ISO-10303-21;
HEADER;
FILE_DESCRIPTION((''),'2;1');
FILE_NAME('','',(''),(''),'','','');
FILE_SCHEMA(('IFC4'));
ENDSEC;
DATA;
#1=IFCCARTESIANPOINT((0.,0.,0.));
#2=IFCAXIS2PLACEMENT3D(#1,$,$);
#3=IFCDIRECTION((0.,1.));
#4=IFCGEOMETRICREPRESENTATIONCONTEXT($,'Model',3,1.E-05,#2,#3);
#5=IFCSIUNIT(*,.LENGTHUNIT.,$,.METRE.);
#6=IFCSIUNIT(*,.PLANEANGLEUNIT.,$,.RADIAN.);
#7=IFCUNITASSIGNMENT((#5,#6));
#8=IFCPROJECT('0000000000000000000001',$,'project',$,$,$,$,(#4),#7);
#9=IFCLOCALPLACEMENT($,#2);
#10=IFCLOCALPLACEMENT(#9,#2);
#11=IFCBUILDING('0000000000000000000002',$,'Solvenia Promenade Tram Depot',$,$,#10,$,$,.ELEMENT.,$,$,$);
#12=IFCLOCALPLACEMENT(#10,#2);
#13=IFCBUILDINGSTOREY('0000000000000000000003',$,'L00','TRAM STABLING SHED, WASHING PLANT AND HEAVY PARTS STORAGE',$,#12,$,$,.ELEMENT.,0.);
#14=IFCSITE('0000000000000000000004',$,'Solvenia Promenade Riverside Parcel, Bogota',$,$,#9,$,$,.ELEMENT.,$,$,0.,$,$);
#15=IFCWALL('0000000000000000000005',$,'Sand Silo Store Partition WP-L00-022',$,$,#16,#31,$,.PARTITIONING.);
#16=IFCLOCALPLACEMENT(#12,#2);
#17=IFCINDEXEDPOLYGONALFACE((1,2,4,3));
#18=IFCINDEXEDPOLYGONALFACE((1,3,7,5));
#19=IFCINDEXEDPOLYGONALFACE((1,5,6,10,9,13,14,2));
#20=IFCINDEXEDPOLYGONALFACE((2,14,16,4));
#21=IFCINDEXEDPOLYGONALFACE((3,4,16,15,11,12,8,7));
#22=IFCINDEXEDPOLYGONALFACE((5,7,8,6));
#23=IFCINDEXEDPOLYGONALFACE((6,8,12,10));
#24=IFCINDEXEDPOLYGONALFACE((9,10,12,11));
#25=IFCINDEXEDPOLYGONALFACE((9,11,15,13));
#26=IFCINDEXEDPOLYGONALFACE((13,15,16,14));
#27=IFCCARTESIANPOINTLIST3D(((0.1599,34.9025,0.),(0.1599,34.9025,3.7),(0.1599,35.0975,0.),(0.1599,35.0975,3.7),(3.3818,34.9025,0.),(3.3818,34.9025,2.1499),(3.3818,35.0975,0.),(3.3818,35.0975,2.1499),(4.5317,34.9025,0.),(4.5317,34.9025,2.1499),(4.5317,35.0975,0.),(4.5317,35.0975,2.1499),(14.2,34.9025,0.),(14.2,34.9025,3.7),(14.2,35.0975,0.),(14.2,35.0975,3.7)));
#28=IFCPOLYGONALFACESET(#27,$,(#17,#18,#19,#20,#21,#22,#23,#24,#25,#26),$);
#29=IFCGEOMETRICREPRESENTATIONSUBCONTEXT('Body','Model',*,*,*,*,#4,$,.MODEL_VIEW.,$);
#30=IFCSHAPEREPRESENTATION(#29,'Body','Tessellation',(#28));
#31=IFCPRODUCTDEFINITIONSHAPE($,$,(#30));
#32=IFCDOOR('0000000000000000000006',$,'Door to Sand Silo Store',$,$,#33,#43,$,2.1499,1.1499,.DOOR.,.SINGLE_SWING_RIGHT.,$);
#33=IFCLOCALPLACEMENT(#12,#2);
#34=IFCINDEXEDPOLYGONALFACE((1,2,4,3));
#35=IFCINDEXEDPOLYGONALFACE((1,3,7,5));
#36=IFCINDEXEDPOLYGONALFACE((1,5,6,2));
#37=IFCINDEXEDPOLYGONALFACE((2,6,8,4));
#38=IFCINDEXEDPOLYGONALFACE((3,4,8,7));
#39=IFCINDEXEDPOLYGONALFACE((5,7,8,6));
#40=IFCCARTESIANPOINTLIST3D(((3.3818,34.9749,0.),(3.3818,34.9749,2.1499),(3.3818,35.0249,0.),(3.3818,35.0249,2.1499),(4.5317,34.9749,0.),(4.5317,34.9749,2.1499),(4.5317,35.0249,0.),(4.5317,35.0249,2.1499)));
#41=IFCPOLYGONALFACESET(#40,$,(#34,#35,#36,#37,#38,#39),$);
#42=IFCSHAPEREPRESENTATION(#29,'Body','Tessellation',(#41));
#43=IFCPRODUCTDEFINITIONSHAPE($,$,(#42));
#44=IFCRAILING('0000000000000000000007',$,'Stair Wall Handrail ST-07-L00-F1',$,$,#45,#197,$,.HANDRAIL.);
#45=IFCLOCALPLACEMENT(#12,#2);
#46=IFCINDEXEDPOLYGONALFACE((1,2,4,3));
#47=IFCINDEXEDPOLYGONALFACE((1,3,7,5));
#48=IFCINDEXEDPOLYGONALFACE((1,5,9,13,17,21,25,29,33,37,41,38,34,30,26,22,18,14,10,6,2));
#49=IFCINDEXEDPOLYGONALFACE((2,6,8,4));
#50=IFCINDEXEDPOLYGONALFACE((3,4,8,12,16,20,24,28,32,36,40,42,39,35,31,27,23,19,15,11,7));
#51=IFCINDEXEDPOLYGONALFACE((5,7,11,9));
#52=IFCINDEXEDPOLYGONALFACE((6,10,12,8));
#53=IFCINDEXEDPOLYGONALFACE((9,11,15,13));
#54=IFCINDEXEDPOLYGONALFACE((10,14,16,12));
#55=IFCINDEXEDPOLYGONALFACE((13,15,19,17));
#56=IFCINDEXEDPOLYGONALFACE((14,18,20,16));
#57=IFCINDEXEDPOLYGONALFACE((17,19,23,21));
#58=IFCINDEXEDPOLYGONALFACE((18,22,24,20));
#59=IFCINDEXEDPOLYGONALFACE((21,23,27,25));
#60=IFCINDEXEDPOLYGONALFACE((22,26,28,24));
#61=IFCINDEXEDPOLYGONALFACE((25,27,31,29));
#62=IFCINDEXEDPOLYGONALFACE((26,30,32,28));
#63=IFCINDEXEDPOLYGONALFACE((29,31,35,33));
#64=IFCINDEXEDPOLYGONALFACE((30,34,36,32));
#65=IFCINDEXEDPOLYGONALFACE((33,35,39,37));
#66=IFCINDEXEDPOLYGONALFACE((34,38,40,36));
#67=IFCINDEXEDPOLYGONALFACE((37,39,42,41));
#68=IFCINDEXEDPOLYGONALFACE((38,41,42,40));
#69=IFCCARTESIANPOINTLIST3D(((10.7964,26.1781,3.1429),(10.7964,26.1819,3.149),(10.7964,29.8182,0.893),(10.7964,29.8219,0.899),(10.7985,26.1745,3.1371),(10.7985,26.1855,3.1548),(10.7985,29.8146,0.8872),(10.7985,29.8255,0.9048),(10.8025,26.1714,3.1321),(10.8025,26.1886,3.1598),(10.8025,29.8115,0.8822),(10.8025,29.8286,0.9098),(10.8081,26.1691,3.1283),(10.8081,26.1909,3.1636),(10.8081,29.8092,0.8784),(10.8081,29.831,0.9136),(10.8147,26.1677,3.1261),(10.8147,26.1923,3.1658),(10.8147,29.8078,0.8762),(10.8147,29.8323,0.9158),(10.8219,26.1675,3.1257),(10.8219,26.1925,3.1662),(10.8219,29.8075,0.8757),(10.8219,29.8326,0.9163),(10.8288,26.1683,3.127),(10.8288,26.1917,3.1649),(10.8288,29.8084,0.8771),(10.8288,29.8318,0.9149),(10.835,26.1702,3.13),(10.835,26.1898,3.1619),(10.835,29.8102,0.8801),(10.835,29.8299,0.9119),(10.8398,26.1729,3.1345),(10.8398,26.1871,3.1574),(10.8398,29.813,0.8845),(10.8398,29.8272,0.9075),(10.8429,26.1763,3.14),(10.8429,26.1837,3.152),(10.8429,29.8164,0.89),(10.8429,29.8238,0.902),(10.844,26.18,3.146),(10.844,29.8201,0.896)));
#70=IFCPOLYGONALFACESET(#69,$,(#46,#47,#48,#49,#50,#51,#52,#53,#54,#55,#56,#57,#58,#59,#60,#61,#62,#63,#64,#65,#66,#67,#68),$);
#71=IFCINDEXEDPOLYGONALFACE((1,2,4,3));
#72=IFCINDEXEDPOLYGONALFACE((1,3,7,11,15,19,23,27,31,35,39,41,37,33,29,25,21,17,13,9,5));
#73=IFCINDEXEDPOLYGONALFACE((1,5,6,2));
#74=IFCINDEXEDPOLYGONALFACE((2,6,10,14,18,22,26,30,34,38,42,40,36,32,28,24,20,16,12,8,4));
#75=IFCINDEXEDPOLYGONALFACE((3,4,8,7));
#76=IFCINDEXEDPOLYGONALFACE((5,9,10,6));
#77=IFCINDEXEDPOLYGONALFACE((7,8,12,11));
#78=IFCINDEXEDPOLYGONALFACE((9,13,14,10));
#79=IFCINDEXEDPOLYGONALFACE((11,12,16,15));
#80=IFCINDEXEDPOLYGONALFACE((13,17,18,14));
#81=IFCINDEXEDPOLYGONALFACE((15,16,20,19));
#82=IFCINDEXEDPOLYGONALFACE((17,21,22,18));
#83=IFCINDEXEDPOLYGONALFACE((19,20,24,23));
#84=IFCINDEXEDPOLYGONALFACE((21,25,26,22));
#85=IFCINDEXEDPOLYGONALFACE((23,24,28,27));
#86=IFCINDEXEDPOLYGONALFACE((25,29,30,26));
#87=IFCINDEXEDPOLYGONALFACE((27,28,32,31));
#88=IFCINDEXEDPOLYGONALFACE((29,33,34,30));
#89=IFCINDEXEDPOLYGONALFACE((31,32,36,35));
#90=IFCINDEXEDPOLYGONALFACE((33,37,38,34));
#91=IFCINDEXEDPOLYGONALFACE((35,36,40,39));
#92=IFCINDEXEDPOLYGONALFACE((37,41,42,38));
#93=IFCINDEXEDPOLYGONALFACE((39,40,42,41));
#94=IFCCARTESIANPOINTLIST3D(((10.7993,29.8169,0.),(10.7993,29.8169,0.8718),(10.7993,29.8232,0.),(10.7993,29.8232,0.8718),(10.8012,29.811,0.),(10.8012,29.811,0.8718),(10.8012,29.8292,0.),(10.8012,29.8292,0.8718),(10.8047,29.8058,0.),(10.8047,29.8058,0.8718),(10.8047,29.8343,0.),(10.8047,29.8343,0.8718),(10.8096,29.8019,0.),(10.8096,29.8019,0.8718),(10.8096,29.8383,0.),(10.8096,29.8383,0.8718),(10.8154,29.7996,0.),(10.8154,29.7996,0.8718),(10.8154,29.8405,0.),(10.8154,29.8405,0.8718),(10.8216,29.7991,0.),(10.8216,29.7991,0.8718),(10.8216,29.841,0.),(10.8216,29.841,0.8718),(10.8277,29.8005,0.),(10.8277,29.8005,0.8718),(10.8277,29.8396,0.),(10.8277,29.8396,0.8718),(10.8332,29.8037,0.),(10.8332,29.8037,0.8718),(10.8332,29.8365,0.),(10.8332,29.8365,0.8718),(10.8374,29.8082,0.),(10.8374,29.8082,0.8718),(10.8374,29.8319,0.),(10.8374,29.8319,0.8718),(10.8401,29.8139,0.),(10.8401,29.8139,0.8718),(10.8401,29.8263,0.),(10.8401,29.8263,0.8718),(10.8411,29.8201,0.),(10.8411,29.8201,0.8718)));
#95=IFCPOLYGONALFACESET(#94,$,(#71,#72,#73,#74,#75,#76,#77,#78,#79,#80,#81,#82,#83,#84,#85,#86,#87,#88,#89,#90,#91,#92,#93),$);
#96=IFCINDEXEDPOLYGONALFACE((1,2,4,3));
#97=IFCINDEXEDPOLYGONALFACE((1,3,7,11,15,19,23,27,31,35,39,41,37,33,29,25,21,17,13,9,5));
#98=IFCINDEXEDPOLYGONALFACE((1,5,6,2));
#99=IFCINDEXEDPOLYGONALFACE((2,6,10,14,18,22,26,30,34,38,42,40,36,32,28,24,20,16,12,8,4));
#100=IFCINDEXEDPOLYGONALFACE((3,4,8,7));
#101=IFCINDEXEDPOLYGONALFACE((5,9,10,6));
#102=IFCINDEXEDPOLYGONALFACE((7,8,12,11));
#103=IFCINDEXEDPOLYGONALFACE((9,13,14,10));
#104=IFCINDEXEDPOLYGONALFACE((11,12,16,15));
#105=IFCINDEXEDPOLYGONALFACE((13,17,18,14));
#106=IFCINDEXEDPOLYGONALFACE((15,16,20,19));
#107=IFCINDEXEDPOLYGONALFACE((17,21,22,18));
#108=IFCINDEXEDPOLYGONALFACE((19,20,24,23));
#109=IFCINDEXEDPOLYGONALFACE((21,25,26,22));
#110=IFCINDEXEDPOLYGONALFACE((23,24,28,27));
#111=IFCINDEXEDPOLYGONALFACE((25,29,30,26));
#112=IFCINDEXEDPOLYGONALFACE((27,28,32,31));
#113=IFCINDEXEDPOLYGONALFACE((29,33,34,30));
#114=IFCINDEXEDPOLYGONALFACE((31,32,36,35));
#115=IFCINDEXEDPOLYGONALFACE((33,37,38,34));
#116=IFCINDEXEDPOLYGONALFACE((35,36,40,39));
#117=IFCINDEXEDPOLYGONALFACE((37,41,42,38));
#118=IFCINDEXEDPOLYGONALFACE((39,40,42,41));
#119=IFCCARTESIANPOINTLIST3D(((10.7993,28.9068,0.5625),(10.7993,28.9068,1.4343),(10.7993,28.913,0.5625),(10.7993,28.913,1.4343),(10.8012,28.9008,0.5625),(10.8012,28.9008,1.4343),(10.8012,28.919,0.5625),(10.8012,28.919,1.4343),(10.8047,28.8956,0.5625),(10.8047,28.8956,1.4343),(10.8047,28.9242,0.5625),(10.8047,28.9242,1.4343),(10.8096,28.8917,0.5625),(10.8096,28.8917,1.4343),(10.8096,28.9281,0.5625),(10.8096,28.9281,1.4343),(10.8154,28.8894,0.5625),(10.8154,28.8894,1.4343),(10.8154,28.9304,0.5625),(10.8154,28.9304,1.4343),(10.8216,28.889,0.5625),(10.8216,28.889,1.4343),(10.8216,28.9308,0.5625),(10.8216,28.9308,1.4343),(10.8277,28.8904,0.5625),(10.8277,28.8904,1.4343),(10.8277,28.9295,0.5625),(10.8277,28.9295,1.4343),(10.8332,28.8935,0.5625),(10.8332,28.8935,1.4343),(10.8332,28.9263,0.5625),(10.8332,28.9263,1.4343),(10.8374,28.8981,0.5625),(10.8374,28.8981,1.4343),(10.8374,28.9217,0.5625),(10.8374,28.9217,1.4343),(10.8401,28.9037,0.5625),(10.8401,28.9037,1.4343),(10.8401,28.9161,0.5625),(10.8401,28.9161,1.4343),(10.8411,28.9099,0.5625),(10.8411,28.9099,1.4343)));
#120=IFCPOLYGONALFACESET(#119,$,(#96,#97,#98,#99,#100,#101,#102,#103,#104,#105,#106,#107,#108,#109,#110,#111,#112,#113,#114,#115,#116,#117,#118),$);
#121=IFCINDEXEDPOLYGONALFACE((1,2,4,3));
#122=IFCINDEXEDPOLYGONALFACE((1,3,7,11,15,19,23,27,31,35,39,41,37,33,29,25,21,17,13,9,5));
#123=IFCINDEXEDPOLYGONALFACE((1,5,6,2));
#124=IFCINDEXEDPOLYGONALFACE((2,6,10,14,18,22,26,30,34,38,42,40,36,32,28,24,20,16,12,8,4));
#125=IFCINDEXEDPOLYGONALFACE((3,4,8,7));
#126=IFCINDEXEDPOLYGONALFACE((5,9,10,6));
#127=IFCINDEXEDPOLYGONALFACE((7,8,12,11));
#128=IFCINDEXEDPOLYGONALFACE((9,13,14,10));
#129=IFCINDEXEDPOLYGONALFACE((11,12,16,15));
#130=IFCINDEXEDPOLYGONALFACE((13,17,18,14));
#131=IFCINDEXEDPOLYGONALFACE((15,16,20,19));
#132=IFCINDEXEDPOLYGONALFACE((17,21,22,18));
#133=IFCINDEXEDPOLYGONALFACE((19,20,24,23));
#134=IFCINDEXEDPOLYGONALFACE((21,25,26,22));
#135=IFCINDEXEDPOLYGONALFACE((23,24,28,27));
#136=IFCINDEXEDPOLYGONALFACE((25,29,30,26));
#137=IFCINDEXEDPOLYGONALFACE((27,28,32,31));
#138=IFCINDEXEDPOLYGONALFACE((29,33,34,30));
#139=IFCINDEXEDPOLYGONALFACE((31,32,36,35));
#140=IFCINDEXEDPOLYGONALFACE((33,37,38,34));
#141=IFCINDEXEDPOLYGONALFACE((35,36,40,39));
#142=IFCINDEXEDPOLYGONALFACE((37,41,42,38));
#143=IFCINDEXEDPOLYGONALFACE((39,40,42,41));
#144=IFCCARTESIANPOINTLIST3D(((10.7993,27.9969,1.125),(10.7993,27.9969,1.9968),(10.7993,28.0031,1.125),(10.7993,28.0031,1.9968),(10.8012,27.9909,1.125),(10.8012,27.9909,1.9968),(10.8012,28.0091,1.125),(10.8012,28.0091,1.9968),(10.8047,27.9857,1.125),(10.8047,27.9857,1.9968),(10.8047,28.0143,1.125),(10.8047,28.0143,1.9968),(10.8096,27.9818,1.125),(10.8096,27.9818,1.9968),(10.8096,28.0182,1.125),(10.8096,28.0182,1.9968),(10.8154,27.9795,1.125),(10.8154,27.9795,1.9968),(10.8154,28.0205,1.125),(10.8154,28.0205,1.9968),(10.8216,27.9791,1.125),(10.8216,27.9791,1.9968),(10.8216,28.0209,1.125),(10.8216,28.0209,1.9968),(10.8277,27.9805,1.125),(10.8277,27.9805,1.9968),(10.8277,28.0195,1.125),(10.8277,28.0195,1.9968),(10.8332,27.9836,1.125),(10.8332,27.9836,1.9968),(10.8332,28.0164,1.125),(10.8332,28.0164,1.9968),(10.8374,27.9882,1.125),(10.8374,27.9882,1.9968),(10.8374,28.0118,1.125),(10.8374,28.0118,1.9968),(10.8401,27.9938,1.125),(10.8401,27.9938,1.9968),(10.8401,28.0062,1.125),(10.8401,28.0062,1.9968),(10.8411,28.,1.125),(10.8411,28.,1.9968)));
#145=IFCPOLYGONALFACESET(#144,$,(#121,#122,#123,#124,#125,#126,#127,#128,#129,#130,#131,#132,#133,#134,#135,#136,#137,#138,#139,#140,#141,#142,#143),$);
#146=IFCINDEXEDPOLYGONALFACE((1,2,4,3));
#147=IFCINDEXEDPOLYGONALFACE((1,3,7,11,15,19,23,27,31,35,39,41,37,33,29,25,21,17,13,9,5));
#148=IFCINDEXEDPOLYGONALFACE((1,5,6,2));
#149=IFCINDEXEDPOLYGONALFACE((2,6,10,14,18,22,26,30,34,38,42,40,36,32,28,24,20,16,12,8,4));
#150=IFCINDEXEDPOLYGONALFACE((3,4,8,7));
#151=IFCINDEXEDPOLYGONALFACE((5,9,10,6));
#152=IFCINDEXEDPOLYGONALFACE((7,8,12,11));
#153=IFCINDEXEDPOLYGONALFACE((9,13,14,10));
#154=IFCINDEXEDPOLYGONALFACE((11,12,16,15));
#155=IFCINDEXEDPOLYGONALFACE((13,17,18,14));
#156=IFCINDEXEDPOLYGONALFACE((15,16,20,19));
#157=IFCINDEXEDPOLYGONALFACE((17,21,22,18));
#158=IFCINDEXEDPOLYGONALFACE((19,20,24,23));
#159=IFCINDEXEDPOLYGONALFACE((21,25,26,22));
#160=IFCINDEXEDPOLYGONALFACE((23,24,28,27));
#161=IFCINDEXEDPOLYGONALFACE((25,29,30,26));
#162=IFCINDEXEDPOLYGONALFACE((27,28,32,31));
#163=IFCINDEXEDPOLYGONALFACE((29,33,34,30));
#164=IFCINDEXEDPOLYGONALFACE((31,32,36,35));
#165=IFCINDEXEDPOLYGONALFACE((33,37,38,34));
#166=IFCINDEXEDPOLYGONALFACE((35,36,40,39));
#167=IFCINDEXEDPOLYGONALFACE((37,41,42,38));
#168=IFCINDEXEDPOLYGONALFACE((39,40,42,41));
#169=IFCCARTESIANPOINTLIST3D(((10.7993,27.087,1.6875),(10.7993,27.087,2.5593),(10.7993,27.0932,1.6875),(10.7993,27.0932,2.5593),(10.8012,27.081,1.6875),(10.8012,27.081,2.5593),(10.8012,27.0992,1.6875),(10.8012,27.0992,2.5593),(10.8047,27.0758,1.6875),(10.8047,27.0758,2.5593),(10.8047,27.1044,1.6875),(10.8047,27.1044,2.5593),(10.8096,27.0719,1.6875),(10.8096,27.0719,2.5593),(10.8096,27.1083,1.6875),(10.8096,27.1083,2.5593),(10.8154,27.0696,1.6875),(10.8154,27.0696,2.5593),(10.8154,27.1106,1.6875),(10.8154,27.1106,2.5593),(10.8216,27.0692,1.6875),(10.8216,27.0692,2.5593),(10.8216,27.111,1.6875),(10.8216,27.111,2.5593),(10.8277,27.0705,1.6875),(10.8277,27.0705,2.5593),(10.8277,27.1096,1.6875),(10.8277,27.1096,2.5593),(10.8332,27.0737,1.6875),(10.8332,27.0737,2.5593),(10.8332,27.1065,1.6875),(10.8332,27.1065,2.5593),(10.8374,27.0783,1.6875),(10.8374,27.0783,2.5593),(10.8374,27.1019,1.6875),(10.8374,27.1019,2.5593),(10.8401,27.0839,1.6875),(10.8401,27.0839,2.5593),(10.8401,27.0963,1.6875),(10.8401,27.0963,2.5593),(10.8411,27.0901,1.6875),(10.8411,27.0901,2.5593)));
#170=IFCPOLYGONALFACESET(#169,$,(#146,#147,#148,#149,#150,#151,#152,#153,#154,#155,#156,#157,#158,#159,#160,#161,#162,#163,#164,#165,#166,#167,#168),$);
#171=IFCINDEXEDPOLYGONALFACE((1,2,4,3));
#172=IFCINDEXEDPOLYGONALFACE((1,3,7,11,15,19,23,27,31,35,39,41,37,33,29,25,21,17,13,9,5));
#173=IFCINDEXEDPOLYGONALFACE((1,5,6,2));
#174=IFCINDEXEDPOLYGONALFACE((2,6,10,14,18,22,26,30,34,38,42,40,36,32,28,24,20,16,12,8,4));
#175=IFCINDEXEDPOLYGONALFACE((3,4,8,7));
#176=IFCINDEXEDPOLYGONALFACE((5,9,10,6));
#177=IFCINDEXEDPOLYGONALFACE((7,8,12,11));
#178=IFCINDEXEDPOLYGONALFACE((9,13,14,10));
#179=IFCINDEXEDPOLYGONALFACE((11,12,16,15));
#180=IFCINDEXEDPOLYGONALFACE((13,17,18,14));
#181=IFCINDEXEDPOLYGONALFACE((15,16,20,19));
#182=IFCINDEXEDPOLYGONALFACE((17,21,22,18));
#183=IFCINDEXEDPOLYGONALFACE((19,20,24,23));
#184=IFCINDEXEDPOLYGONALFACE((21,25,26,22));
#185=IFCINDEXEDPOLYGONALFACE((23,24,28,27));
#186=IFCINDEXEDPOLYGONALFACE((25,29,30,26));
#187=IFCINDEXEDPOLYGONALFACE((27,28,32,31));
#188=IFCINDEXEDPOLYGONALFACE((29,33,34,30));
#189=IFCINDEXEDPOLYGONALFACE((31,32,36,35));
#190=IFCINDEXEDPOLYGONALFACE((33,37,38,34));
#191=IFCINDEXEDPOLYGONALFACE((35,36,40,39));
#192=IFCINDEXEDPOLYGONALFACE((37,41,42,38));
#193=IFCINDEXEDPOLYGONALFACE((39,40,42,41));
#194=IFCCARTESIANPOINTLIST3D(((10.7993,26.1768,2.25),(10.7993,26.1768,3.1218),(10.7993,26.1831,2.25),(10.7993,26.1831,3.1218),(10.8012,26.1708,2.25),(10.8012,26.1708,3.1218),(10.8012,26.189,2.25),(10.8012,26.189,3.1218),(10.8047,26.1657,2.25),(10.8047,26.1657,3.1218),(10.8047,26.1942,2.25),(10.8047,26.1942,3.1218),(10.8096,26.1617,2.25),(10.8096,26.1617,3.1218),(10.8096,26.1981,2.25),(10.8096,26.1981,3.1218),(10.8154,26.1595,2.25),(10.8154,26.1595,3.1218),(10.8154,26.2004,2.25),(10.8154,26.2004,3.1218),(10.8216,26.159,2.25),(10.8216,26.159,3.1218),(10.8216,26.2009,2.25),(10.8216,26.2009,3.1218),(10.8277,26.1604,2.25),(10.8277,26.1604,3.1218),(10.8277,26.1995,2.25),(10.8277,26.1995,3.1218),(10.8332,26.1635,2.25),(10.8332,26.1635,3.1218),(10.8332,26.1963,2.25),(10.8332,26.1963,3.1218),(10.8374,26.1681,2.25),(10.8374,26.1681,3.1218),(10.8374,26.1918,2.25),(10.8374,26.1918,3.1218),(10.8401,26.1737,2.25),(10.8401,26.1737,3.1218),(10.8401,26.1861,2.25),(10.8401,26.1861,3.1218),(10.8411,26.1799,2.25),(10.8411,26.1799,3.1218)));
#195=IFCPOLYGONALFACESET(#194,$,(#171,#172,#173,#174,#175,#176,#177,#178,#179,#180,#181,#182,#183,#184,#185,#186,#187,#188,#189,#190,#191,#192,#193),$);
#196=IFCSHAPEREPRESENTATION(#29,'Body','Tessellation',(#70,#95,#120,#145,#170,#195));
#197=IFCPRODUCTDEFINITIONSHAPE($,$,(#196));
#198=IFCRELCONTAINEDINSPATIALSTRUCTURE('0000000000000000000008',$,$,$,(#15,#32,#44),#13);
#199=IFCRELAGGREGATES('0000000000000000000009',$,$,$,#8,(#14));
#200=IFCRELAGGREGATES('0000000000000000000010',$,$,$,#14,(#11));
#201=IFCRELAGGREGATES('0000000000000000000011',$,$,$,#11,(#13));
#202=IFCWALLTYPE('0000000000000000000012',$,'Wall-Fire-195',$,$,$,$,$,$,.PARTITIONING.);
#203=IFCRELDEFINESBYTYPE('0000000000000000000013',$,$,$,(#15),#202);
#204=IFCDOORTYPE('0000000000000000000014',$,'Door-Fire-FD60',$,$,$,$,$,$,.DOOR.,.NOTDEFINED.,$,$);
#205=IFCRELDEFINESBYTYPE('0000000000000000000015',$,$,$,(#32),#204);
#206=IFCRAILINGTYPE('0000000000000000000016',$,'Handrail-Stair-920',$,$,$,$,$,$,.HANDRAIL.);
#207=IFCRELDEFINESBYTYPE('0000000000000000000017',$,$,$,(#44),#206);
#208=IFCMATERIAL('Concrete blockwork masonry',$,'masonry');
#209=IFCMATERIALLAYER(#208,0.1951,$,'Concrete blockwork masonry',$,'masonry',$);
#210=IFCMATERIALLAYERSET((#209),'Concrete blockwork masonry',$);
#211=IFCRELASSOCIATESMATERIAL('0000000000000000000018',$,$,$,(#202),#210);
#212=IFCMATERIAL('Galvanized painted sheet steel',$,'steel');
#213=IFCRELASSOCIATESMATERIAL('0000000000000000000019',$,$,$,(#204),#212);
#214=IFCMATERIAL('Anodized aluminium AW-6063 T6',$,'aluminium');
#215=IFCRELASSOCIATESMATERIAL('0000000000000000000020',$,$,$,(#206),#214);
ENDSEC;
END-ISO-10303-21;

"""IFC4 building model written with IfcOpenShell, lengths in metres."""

from ifc_helpers import new_model, si_unit, direction, frame, frame_2d, origin, origin_2d, place, context, subcontext, project, spatial, rectangle, circle, extrude, material, layer, layer_set, type_object, element, fill, save


model = new_model("IFC4")

# Units and contexts
model_context = context("Model", 3, precision=1e-05, world=origin(), true_north=direction((0.0, 1.0)))
body_context = subcontext(model_context, "Body", "Model", "MODEL_VIEW")
ifc_project = project(units=[si_unit("LENGTHUNIT", "METRE"), si_unit("PLANEANGLEUNIT", "RADIAN")], contexts=[model_context])

# Site, building, storey
site_placement = place(None, origin())
site = spatial("IfcSite", under=ifc_project, at=site_placement, Name="Solvenia Promenade Riverside Parcel, Bogota", CompositionType="ELEMENT", RefElevation=0.0)
building_placement = place(site_placement, origin())
building = spatial("IfcBuilding", under=site, at=building_placement, Name="Solvenia Promenade Tram Depot", CompositionType="ELEMENT")
storey_placement = place(building_placement, origin())
storey = spatial("IfcBuildingStorey", under=building, at=storey_placement, Name="L00", Description="TRAM STABLING SHED, WASHING PLANT AND HEAVY PARTS STORAGE", CompositionType="ELEMENT", Elevation=0.0)

# Wall, opening, door
ifc_material_1 = material(Name="Galvanized painted sheet steel", Category="steel")
ifc_material_2 = material(Name="Concrete blockwork masonry", Category="masonry")
ifc_layer_1 = layer(ifc_material_2, 0.1951, Name="Concrete blockwork masonry", Category="masonry")
ifc_layer_set_1 = layer_set([ifc_layer_1], Name="Concrete blockwork masonry")
wall_type_1 = type_object("IfcWallType", Name="Wall-Fire-195", PredefinedType="PARTITIONING", material=ifc_layer_set_1)
wall_1_placement = place(storey_placement, frame((0.1599, 35.0, 0.0), z_axis=(0.0, 0.0, 1.0), x_axis=(1.0, 0.0, 0.0)))
wall_1 = element("IfcWall", 1, at=wall_1_placement, inside=storey, type_object=wall_type_1, Name="Sand Silo Store Partition WP-L00-022", PredefinedType="PARTITIONING", context=body_context, shape_type="SweptSolid", body=[
    extrude(rectangle(XDim=14.04, YDim=0.1951, at=frame_2d((7.02, 0.0))), origin(), (0.0, 0.0, 1.0), 3.7),
])
opening_1_placement = place(wall_1_placement, frame((3.2219, 0.0, 0.0)))
opening_1 = element("IfcOpeningElement", 2, at=opening_1_placement, cuts=wall_1, PredefinedType="OPENING", context=body_context, shape_type="SweptSolid", body=[
    extrude(rectangle(XDim=1.1499, YDim=2.1499, at=frame_2d((0.575, 1.075))), frame((0.0, 0.1074, 0.0), z_axis=(0.0, -1.0, 0.0), x_axis=(1.0, 0.0, 0.0)), (0.0, 0.0, 1.0), 0.2151),
])
door_type_1 = type_object("IfcDoorType", Name="Door-Fire-FD60", OperationType="NOTDEFINED", PredefinedType="DOOR", material=ifc_material_1)
door_1_placement = place(opening_1_placement, origin())
door_1 = element("IfcDoor", 3, at=door_1_placement, inside=storey, type_object=door_type_1, Name="Door to Sand Silo Store", OperationType="SINGLE_SWING_RIGHT", OverallHeight=2.1499, OverallWidth=1.1499, PredefinedType="DOOR", context=body_context, shape_type="SweptSolid", body=[
    extrude(rectangle(XDim=1.1499, YDim=2.1499, at=frame_2d((0.575, 1.075))), frame((0.0, 0.0249, 0.0), z_axis=(0.0, -1.0, 0.0), x_axis=(1.0, 0.0, 0.0)), (0.0, 0.0, 1.0), 0.05),
])
fill(opening_1, door_1)

# Railing
ifc_material_3 = material(Name="Anodized aluminium AW-6063 T6", Category="aluminium")
railing_type = type_object("IfcRailingType", Name="Handrail-Stair-920", PredefinedType="HANDRAIL", material=ifc_material_3)
railing_placement = place(storey_placement, frame((10.8201, 29.8201, 0.0)))
element("IfcRailing", 4, at=railing_placement, inside=storey, type_object=railing_type, Name="Stair Wall Handrail ST-07-L00-F1", PredefinedType="HANDRAIL", context=body_context, shape_type="SweptSolid", body=[
    extrude(circle(Radius=0.0239, at=origin_2d()), frame((0.0, 0.0, 0.896), z_axis=(0.0, -0.850622, 0.525777), x_axis=(1.0, 0.0, 0.0)), (0.0, 0.0, 1.0), 4.2793),
    extrude(circle(Radius=0.021, at=origin_2d()), origin(), (0.0, 0.0, 1.0), 0.8718),
    extrude(circle(Radius=0.021, at=origin_2d()), frame((0.0, -0.9102, 0.5625)), (0.0, 0.0, 1.0), 0.8718),
    extrude(circle(Radius=0.021, at=origin_2d()), frame((0.0, -1.8201, 1.125)), (0.0, 0.0, 1.0), 0.8718),
    extrude(circle(Radius=0.021, at=origin_2d()), frame((0.0, -2.73, 1.6875)), (0.0, 0.0, 1.0), 0.8718),
    extrude(circle(Radius=0.021, at=origin_2d()), frame((0.0, -3.6401, 2.25)), (0.0, 0.0, 1.0), 0.8718),
])

save(model, "model.ifc")
